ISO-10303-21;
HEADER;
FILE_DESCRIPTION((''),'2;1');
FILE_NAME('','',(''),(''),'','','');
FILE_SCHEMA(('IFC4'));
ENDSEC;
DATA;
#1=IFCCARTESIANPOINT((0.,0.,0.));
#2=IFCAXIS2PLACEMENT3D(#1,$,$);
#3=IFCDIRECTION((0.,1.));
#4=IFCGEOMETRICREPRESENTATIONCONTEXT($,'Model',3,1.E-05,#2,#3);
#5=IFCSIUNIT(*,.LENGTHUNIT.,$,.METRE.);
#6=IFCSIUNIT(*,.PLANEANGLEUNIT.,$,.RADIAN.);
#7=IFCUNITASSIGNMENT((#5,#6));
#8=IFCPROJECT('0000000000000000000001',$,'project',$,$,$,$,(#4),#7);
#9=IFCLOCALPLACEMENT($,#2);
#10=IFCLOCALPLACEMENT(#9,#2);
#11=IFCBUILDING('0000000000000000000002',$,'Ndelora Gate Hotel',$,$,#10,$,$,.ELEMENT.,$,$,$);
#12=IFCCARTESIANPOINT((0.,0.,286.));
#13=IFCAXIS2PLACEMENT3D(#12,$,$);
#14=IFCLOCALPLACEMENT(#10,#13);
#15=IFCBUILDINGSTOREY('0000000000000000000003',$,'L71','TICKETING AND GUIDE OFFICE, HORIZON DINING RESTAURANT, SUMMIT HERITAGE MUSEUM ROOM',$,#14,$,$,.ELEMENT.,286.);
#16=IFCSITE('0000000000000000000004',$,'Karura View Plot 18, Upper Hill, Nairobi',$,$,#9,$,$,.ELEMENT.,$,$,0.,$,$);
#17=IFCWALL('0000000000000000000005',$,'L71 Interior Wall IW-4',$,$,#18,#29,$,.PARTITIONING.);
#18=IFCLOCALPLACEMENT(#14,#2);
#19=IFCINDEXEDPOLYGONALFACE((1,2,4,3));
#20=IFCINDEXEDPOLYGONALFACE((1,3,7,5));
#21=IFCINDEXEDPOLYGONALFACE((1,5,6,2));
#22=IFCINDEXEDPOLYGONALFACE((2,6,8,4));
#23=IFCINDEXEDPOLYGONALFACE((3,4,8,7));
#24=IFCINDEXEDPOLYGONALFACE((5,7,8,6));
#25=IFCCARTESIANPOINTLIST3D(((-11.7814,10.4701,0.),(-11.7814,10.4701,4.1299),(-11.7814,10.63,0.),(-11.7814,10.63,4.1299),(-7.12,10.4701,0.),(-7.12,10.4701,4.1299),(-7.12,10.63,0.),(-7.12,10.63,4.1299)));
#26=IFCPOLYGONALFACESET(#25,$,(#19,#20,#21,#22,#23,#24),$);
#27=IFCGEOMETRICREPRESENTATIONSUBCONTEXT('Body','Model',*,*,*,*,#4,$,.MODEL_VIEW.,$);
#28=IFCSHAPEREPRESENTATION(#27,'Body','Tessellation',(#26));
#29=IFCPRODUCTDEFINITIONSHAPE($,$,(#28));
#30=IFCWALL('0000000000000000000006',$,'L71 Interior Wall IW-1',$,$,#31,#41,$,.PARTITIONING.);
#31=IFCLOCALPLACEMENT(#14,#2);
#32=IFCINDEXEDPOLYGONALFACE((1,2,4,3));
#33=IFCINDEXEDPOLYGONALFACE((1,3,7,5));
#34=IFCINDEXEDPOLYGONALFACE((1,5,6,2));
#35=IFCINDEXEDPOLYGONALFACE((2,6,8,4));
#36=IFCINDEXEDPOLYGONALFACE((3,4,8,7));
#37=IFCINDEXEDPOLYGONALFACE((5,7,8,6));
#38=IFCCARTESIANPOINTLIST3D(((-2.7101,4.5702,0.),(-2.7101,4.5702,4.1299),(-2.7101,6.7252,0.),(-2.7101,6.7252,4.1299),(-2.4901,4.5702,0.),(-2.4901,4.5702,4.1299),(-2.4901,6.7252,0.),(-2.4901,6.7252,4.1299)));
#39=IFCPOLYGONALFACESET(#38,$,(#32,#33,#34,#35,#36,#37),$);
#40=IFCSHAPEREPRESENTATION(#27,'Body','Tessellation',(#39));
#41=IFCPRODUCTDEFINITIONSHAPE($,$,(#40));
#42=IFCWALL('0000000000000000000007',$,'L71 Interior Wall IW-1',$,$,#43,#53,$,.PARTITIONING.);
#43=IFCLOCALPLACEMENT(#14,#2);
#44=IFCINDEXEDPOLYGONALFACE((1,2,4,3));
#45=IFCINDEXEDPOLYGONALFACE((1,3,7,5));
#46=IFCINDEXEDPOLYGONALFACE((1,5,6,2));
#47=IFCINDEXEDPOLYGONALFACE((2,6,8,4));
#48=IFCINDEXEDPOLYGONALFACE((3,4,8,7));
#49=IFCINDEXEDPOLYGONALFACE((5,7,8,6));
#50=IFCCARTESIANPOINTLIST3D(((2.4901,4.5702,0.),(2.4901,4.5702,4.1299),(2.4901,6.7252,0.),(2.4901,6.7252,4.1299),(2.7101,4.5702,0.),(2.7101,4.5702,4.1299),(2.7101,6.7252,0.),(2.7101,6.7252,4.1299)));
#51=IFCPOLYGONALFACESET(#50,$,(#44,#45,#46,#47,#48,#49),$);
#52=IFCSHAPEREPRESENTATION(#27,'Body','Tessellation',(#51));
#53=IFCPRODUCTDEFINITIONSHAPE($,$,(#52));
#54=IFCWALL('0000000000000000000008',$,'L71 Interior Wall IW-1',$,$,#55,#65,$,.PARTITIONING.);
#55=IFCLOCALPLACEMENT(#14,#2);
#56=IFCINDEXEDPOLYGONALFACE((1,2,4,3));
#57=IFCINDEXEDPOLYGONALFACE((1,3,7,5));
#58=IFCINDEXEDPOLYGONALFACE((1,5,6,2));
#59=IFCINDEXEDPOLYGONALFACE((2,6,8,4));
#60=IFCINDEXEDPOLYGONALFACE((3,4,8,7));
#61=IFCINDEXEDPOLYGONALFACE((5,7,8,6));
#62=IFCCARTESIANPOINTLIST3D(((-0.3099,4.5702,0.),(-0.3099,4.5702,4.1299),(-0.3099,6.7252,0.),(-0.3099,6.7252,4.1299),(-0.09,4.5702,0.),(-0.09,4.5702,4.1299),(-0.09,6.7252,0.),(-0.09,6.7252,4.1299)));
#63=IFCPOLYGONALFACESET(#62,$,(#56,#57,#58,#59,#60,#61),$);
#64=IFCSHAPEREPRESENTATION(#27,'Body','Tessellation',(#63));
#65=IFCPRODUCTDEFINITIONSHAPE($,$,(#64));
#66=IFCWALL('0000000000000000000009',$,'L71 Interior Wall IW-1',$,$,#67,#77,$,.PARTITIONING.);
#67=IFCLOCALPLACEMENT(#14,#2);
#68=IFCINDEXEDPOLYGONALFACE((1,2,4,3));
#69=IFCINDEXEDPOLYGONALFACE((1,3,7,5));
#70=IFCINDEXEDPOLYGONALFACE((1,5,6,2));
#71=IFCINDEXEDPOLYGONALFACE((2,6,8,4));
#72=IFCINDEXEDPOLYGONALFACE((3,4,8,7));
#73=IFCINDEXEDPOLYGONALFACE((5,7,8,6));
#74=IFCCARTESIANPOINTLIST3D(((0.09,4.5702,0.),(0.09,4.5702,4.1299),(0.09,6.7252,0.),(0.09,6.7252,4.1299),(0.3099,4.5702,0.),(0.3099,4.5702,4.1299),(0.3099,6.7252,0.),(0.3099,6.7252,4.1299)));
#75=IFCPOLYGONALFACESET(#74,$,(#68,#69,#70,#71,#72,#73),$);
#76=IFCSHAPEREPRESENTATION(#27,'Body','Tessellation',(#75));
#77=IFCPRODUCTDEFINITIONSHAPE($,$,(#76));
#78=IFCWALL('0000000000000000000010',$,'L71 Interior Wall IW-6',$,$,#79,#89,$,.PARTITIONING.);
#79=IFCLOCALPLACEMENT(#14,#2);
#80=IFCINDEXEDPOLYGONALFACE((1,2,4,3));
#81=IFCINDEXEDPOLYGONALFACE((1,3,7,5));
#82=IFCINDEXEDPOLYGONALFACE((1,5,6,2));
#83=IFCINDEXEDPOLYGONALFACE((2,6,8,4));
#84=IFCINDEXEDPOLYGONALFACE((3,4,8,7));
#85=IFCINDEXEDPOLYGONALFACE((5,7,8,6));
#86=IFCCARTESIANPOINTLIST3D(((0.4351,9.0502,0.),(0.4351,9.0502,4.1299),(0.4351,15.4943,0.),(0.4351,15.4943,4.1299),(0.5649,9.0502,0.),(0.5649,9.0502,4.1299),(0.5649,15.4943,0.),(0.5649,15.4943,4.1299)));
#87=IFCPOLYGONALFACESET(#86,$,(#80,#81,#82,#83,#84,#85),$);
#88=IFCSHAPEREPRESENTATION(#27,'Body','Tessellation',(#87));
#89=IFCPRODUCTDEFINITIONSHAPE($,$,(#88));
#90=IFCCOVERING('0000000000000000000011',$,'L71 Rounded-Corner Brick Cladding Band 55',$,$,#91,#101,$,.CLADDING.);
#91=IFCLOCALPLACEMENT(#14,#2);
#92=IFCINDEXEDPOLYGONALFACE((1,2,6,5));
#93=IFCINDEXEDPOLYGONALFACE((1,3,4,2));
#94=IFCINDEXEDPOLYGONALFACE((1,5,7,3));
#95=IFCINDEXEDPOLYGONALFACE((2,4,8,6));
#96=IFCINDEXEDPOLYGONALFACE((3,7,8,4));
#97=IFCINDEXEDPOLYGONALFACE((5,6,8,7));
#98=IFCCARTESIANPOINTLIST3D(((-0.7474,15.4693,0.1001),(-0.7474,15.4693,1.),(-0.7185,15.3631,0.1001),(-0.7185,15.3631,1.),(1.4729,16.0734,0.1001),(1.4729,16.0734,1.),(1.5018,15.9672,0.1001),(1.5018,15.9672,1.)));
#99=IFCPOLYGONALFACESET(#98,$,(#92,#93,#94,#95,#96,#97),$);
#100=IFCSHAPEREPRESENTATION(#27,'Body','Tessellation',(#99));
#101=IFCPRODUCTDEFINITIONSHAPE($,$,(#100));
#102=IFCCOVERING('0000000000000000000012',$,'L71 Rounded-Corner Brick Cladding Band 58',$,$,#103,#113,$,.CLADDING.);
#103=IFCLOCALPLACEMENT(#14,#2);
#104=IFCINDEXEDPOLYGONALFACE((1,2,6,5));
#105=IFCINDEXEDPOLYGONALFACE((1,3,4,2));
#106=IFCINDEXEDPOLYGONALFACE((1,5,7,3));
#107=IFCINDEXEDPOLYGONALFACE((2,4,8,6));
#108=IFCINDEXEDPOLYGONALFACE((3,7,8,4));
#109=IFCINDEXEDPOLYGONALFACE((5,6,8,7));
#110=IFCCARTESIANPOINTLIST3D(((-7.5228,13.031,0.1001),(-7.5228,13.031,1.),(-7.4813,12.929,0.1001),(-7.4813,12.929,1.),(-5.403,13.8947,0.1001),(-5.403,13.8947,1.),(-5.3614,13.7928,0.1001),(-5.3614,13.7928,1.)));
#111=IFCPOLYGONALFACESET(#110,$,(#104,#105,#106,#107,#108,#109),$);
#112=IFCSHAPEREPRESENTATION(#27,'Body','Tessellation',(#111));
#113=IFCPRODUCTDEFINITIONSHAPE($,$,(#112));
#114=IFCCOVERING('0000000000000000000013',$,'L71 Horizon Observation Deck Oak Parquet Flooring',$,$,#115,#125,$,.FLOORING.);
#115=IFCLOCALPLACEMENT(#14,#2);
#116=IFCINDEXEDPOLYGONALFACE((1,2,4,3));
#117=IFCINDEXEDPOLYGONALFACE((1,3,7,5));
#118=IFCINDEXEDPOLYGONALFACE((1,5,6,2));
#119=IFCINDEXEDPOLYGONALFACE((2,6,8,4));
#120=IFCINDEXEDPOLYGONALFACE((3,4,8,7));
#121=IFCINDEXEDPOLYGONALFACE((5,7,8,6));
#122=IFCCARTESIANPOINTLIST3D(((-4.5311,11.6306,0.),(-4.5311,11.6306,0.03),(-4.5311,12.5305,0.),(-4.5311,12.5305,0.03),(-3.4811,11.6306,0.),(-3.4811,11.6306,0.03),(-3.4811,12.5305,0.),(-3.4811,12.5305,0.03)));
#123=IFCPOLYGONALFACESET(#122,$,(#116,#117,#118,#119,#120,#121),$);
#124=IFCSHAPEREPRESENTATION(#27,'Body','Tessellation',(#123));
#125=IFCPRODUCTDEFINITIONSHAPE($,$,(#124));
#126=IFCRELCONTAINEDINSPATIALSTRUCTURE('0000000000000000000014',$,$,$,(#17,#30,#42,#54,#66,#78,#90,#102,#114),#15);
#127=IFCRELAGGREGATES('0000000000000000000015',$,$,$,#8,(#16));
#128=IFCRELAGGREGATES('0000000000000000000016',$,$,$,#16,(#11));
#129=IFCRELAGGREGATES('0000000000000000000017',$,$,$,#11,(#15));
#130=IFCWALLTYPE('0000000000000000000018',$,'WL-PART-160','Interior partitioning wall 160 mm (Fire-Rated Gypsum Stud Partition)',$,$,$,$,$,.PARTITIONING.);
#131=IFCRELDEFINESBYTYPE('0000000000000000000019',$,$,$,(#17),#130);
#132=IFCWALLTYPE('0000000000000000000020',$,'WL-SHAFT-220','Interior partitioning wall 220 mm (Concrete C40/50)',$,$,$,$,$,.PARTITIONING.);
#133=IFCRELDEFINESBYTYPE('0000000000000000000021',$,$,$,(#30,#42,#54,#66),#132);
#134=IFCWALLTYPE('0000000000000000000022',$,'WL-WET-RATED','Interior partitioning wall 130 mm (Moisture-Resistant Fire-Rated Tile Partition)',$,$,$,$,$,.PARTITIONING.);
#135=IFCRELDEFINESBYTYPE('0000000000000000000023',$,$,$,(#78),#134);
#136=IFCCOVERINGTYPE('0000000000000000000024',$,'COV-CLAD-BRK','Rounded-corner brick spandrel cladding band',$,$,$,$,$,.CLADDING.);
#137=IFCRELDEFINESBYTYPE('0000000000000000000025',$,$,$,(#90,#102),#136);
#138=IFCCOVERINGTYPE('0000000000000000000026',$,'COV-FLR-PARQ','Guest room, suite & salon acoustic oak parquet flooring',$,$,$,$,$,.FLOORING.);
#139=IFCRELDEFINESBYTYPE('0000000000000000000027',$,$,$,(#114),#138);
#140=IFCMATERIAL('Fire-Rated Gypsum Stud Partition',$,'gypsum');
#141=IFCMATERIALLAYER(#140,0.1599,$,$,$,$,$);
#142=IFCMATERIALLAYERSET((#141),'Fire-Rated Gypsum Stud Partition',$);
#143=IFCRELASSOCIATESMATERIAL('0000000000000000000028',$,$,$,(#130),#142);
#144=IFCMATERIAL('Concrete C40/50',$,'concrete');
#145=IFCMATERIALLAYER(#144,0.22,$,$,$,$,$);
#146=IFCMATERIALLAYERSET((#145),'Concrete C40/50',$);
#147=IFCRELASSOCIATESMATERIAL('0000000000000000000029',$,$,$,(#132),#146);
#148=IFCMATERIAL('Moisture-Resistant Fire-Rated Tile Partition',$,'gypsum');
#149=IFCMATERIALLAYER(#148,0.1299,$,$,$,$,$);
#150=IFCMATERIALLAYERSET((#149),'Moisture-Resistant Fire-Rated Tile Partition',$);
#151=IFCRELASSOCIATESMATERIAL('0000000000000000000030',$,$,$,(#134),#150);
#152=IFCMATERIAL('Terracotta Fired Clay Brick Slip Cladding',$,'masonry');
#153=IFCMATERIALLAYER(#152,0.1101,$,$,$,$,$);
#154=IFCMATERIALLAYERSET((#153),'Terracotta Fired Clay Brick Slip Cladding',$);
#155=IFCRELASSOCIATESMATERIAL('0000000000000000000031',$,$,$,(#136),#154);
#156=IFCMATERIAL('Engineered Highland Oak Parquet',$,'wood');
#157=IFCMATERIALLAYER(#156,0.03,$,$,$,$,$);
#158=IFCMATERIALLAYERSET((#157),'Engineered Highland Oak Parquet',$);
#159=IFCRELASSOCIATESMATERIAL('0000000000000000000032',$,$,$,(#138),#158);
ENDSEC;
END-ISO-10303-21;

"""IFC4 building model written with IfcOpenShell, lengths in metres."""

from ifc_helpers import new_model, si_unit, direction, frame, frame_2d, origin, origin_2d, place, context, subcontext, project, spatial, rectangle, extrude, material, layer, layer_set, type_object, element, save


model = new_model("IFC4")

# Units and contexts
model_context = context("Model", 3, precision=1e-05, world=origin(), true_north=direction((0.0, 1.0)))
body_context = subcontext(model_context, "Body", "Model", "MODEL_VIEW")
ifc_project = project(units=[si_unit("LENGTHUNIT", "METRE"), si_unit("PLANEANGLEUNIT", "RADIAN")], contexts=[model_context])

# Site, building, storey
site_placement = place(None, origin())
site = spatial("IfcSite", under=ifc_project, at=site_placement, Name="Karura View Plot 18, Upper Hill, Nairobi", CompositionType="ELEMENT", RefElevation=0.0)
building_placement = place(site_placement, origin())
building = spatial("IfcBuilding", under=site, at=building_placement, Name="Ndelora Gate Hotel", CompositionType="ELEMENT")
storey_placement = place(building_placement, frame((0.0, 0.0, 286.0)))
storey = spatial("IfcBuildingStorey", under=building, at=storey_placement, Name="L71", Description="TICKETING AND GUIDE OFFICE, HORIZON DINING RESTAURANT, SUMMIT HERITAGE MUSEUM ROOM", CompositionType="ELEMENT", Elevation=286.0)

# Walls
ifc_material_1 = material(Name="Fire-Rated Gypsum Stud Partition", Category="gypsum")
ifc_layer_1 = layer(ifc_material_1, 0.1599)
ifc_layer_set_1 = layer_set([ifc_layer_1], Name="Fire-Rated Gypsum Stud Partition")
wall_type_1 = type_object("IfcWallType", Name="WL-PART-160", Description="Interior partitioning wall 160 mm (Fire-Rated Gypsum Stud Partition)", PredefinedType="PARTITIONING", material=ifc_layer_set_1)
wall_1_placement = place(storey_placement, frame((-7.1201, 10.55, 0.0), z_axis=(0.0, 0.0, 1.0), x_axis=(-1.0, 0.0, 0.0)))
element("IfcWall", 1, at=wall_1_placement, inside=storey, type_object=wall_type_1, Name="L71 Interior Wall IW-4", PredefinedType="PARTITIONING", context=body_context, shape_type="SweptSolid", body=[
    extrude(rectangle(XDim=4.6614, YDim=0.1599, at=frame_2d((2.3306, 0.0))), origin(), (0.0, 0.0, 1.0), 4.1299),
])
ifc_material_2 = material(Name="Concrete C40/50", Category="concrete")
ifc_layer_2 = layer(ifc_material_2, 0.22)
ifc_layer_set_2 = layer_set([ifc_layer_2], Name="Concrete C40/50")
wall_type_2 = type_object("IfcWallType", Name="WL-SHAFT-220", Description="Interior partitioning wall 220 mm (Concrete C40/50)", PredefinedType="PARTITIONING", material=ifc_layer_set_2)
for number, where, z_axis, x_axis, name in (
    (2, (-2.6001, 4.5701, 0.0), (0.0, 0.0, 1.0), (0.0, 1.0, 0.0), "L71 Interior Wall IW-1"),
    (3, (2.6001, 4.5701, 0.0), (0.0, 0.0, 1.0), (0.0, 1.0, 0.0), "L71 Interior Wall IW-1"),
    (4, (-0.2, 4.5701, 0.0), (0.0, 0.0, 1.0), (0.0, 1.0, 0.0), "L71 Interior Wall IW-1"),
    (5, (0.2, 4.5701, 0.0), (0.0, 0.0, 1.0), (0.0, 1.0, 0.0), "L71 Interior Wall IW-1"),
):
    element("IfcWall", number, at=place(storey_placement, frame(where, z_axis=z_axis, x_axis=x_axis)), inside=storey, type_object=wall_type_2, Name=name, PredefinedType="PARTITIONING", context=body_context, shape_type="SweptSolid", body=[
        extrude(rectangle(XDim=2.155, YDim=0.22, at=frame_2d((1.0776, 0.0))), origin(), (0.0, 0.0, 1.0), 4.1299),
    ])
ifc_material_3 = material(Name="Moisture-Resistant Fire-Rated Tile Partition", Category="gypsum")
ifc_layer_3 = layer(ifc_material_3, 0.1299)
ifc_layer_set_3 = layer_set([ifc_layer_3], Name="Moisture-Resistant Fire-Rated Tile Partition")
wall_type_3 = type_object("IfcWallType", Name="WL-WET-RATED", Description="Interior partitioning wall 130 mm (Moisture-Resistant Fire-Rated Tile Partition)", PredefinedType="PARTITIONING", material=ifc_layer_set_3)
wall_2_placement = place(storey_placement, frame((0.5, 9.05, 0.0), z_axis=(0.0, 0.0, 1.0), x_axis=(0.0, 1.0, 0.0)))
element("IfcWall", 6, at=wall_2_placement, inside=storey, type_object=wall_type_3, Name="L71 Interior Wall IW-6", PredefinedType="PARTITIONING", context=body_context, shape_type="SweptSolid", body=[
    extrude(rectangle(XDim=6.4441, YDim=0.1299, at=frame_2d((3.2222, 0.0))), origin(), (0.0, 0.0, 1.0), 4.1299),
])

# Coverings
ifc_material_4 = material(Name="Terracotta Fired Clay Brick Slip Cladding", Category="masonry")
ifc_layer_4 = layer(ifc_material_4, 0.1101)
ifc_layer_set_4 = layer_set([ifc_layer_4], Name="Terracotta Fired Clay Brick Slip Cladding")
covering_type_1 = type_object("IfcCoveringType", Name="COV-CLAD-BRK", Description="Rounded-corner brick spandrel cladding band", PredefinedType="CLADDING", material=ifc_layer_set_4)
covering_1_placement = place(storey_placement, frame((0.3772, 15.7183, 0.1001), z_axis=(0.0, 0.0, 1.0), x_axis=(0.964925, 0.262526, 0.0)))
element("IfcCovering", 7, at=covering_1_placement, inside=storey, type_object=covering_type_1, Name="L71 Rounded-Corner Brick Cladding Band 55", PredefinedType="CLADDING", context=body_context, shape_type="SweptSolid", body=[
    extrude(rectangle(XDim=2.301, YDim=0.1101, at=origin_2d()), origin(), (0.0, 0.0, 1.0), 0.8999),
])
covering_2_placement = place(storey_placement, frame((-6.4421, 13.4119, 0.1001), z_axis=(0.0, 0.0, 1.0), x_axis=(0.926068, 0.377356, 0.0)))
element("IfcCovering", 8, at=covering_2_placement, inside=storey, type_object=covering_type_1, Name="L71 Rounded-Corner Brick Cladding Band 58", PredefinedType="CLADDING", context=body_context, shape_type="SweptSolid", body=[
    extrude(rectangle(XDim=2.2891, YDim=0.1101, at=origin_2d()), origin(), (0.0, 0.0, 1.0), 0.8999),
])
ifc_material_5 = material(Name="Engineered Highland Oak Parquet", Category="wood")
ifc_layer_5 = layer(ifc_material_5, 0.03)
ifc_layer_set_5 = layer_set([ifc_layer_5], Name="Engineered Highland Oak Parquet")
covering_type_2 = type_object("IfcCoveringType", Name="COV-FLR-PARQ", Description="Guest room, suite & salon acoustic oak parquet flooring", PredefinedType="FLOORING", material=ifc_layer_set_5)
covering_3_placement = place(storey_placement, frame((-4.0061, 12.0806, 0.0), z_axis=(0.0, 0.0, 1.0), x_axis=(1.0, 0.0, 0.0)))
element("IfcCovering", 9, at=covering_3_placement, inside=storey, type_object=covering_type_2, Name="L71 Horizon Observation Deck Oak Parquet Flooring", PredefinedType="FLOORING", context=body_context, shape_type="SweptSolid", body=[
    extrude(rectangle(XDim=1.05, YDim=0.8999, at=origin_2d()), origin(), (0.0, 0.0, 1.0), 0.03),
])

save(model, "model.ifc")
